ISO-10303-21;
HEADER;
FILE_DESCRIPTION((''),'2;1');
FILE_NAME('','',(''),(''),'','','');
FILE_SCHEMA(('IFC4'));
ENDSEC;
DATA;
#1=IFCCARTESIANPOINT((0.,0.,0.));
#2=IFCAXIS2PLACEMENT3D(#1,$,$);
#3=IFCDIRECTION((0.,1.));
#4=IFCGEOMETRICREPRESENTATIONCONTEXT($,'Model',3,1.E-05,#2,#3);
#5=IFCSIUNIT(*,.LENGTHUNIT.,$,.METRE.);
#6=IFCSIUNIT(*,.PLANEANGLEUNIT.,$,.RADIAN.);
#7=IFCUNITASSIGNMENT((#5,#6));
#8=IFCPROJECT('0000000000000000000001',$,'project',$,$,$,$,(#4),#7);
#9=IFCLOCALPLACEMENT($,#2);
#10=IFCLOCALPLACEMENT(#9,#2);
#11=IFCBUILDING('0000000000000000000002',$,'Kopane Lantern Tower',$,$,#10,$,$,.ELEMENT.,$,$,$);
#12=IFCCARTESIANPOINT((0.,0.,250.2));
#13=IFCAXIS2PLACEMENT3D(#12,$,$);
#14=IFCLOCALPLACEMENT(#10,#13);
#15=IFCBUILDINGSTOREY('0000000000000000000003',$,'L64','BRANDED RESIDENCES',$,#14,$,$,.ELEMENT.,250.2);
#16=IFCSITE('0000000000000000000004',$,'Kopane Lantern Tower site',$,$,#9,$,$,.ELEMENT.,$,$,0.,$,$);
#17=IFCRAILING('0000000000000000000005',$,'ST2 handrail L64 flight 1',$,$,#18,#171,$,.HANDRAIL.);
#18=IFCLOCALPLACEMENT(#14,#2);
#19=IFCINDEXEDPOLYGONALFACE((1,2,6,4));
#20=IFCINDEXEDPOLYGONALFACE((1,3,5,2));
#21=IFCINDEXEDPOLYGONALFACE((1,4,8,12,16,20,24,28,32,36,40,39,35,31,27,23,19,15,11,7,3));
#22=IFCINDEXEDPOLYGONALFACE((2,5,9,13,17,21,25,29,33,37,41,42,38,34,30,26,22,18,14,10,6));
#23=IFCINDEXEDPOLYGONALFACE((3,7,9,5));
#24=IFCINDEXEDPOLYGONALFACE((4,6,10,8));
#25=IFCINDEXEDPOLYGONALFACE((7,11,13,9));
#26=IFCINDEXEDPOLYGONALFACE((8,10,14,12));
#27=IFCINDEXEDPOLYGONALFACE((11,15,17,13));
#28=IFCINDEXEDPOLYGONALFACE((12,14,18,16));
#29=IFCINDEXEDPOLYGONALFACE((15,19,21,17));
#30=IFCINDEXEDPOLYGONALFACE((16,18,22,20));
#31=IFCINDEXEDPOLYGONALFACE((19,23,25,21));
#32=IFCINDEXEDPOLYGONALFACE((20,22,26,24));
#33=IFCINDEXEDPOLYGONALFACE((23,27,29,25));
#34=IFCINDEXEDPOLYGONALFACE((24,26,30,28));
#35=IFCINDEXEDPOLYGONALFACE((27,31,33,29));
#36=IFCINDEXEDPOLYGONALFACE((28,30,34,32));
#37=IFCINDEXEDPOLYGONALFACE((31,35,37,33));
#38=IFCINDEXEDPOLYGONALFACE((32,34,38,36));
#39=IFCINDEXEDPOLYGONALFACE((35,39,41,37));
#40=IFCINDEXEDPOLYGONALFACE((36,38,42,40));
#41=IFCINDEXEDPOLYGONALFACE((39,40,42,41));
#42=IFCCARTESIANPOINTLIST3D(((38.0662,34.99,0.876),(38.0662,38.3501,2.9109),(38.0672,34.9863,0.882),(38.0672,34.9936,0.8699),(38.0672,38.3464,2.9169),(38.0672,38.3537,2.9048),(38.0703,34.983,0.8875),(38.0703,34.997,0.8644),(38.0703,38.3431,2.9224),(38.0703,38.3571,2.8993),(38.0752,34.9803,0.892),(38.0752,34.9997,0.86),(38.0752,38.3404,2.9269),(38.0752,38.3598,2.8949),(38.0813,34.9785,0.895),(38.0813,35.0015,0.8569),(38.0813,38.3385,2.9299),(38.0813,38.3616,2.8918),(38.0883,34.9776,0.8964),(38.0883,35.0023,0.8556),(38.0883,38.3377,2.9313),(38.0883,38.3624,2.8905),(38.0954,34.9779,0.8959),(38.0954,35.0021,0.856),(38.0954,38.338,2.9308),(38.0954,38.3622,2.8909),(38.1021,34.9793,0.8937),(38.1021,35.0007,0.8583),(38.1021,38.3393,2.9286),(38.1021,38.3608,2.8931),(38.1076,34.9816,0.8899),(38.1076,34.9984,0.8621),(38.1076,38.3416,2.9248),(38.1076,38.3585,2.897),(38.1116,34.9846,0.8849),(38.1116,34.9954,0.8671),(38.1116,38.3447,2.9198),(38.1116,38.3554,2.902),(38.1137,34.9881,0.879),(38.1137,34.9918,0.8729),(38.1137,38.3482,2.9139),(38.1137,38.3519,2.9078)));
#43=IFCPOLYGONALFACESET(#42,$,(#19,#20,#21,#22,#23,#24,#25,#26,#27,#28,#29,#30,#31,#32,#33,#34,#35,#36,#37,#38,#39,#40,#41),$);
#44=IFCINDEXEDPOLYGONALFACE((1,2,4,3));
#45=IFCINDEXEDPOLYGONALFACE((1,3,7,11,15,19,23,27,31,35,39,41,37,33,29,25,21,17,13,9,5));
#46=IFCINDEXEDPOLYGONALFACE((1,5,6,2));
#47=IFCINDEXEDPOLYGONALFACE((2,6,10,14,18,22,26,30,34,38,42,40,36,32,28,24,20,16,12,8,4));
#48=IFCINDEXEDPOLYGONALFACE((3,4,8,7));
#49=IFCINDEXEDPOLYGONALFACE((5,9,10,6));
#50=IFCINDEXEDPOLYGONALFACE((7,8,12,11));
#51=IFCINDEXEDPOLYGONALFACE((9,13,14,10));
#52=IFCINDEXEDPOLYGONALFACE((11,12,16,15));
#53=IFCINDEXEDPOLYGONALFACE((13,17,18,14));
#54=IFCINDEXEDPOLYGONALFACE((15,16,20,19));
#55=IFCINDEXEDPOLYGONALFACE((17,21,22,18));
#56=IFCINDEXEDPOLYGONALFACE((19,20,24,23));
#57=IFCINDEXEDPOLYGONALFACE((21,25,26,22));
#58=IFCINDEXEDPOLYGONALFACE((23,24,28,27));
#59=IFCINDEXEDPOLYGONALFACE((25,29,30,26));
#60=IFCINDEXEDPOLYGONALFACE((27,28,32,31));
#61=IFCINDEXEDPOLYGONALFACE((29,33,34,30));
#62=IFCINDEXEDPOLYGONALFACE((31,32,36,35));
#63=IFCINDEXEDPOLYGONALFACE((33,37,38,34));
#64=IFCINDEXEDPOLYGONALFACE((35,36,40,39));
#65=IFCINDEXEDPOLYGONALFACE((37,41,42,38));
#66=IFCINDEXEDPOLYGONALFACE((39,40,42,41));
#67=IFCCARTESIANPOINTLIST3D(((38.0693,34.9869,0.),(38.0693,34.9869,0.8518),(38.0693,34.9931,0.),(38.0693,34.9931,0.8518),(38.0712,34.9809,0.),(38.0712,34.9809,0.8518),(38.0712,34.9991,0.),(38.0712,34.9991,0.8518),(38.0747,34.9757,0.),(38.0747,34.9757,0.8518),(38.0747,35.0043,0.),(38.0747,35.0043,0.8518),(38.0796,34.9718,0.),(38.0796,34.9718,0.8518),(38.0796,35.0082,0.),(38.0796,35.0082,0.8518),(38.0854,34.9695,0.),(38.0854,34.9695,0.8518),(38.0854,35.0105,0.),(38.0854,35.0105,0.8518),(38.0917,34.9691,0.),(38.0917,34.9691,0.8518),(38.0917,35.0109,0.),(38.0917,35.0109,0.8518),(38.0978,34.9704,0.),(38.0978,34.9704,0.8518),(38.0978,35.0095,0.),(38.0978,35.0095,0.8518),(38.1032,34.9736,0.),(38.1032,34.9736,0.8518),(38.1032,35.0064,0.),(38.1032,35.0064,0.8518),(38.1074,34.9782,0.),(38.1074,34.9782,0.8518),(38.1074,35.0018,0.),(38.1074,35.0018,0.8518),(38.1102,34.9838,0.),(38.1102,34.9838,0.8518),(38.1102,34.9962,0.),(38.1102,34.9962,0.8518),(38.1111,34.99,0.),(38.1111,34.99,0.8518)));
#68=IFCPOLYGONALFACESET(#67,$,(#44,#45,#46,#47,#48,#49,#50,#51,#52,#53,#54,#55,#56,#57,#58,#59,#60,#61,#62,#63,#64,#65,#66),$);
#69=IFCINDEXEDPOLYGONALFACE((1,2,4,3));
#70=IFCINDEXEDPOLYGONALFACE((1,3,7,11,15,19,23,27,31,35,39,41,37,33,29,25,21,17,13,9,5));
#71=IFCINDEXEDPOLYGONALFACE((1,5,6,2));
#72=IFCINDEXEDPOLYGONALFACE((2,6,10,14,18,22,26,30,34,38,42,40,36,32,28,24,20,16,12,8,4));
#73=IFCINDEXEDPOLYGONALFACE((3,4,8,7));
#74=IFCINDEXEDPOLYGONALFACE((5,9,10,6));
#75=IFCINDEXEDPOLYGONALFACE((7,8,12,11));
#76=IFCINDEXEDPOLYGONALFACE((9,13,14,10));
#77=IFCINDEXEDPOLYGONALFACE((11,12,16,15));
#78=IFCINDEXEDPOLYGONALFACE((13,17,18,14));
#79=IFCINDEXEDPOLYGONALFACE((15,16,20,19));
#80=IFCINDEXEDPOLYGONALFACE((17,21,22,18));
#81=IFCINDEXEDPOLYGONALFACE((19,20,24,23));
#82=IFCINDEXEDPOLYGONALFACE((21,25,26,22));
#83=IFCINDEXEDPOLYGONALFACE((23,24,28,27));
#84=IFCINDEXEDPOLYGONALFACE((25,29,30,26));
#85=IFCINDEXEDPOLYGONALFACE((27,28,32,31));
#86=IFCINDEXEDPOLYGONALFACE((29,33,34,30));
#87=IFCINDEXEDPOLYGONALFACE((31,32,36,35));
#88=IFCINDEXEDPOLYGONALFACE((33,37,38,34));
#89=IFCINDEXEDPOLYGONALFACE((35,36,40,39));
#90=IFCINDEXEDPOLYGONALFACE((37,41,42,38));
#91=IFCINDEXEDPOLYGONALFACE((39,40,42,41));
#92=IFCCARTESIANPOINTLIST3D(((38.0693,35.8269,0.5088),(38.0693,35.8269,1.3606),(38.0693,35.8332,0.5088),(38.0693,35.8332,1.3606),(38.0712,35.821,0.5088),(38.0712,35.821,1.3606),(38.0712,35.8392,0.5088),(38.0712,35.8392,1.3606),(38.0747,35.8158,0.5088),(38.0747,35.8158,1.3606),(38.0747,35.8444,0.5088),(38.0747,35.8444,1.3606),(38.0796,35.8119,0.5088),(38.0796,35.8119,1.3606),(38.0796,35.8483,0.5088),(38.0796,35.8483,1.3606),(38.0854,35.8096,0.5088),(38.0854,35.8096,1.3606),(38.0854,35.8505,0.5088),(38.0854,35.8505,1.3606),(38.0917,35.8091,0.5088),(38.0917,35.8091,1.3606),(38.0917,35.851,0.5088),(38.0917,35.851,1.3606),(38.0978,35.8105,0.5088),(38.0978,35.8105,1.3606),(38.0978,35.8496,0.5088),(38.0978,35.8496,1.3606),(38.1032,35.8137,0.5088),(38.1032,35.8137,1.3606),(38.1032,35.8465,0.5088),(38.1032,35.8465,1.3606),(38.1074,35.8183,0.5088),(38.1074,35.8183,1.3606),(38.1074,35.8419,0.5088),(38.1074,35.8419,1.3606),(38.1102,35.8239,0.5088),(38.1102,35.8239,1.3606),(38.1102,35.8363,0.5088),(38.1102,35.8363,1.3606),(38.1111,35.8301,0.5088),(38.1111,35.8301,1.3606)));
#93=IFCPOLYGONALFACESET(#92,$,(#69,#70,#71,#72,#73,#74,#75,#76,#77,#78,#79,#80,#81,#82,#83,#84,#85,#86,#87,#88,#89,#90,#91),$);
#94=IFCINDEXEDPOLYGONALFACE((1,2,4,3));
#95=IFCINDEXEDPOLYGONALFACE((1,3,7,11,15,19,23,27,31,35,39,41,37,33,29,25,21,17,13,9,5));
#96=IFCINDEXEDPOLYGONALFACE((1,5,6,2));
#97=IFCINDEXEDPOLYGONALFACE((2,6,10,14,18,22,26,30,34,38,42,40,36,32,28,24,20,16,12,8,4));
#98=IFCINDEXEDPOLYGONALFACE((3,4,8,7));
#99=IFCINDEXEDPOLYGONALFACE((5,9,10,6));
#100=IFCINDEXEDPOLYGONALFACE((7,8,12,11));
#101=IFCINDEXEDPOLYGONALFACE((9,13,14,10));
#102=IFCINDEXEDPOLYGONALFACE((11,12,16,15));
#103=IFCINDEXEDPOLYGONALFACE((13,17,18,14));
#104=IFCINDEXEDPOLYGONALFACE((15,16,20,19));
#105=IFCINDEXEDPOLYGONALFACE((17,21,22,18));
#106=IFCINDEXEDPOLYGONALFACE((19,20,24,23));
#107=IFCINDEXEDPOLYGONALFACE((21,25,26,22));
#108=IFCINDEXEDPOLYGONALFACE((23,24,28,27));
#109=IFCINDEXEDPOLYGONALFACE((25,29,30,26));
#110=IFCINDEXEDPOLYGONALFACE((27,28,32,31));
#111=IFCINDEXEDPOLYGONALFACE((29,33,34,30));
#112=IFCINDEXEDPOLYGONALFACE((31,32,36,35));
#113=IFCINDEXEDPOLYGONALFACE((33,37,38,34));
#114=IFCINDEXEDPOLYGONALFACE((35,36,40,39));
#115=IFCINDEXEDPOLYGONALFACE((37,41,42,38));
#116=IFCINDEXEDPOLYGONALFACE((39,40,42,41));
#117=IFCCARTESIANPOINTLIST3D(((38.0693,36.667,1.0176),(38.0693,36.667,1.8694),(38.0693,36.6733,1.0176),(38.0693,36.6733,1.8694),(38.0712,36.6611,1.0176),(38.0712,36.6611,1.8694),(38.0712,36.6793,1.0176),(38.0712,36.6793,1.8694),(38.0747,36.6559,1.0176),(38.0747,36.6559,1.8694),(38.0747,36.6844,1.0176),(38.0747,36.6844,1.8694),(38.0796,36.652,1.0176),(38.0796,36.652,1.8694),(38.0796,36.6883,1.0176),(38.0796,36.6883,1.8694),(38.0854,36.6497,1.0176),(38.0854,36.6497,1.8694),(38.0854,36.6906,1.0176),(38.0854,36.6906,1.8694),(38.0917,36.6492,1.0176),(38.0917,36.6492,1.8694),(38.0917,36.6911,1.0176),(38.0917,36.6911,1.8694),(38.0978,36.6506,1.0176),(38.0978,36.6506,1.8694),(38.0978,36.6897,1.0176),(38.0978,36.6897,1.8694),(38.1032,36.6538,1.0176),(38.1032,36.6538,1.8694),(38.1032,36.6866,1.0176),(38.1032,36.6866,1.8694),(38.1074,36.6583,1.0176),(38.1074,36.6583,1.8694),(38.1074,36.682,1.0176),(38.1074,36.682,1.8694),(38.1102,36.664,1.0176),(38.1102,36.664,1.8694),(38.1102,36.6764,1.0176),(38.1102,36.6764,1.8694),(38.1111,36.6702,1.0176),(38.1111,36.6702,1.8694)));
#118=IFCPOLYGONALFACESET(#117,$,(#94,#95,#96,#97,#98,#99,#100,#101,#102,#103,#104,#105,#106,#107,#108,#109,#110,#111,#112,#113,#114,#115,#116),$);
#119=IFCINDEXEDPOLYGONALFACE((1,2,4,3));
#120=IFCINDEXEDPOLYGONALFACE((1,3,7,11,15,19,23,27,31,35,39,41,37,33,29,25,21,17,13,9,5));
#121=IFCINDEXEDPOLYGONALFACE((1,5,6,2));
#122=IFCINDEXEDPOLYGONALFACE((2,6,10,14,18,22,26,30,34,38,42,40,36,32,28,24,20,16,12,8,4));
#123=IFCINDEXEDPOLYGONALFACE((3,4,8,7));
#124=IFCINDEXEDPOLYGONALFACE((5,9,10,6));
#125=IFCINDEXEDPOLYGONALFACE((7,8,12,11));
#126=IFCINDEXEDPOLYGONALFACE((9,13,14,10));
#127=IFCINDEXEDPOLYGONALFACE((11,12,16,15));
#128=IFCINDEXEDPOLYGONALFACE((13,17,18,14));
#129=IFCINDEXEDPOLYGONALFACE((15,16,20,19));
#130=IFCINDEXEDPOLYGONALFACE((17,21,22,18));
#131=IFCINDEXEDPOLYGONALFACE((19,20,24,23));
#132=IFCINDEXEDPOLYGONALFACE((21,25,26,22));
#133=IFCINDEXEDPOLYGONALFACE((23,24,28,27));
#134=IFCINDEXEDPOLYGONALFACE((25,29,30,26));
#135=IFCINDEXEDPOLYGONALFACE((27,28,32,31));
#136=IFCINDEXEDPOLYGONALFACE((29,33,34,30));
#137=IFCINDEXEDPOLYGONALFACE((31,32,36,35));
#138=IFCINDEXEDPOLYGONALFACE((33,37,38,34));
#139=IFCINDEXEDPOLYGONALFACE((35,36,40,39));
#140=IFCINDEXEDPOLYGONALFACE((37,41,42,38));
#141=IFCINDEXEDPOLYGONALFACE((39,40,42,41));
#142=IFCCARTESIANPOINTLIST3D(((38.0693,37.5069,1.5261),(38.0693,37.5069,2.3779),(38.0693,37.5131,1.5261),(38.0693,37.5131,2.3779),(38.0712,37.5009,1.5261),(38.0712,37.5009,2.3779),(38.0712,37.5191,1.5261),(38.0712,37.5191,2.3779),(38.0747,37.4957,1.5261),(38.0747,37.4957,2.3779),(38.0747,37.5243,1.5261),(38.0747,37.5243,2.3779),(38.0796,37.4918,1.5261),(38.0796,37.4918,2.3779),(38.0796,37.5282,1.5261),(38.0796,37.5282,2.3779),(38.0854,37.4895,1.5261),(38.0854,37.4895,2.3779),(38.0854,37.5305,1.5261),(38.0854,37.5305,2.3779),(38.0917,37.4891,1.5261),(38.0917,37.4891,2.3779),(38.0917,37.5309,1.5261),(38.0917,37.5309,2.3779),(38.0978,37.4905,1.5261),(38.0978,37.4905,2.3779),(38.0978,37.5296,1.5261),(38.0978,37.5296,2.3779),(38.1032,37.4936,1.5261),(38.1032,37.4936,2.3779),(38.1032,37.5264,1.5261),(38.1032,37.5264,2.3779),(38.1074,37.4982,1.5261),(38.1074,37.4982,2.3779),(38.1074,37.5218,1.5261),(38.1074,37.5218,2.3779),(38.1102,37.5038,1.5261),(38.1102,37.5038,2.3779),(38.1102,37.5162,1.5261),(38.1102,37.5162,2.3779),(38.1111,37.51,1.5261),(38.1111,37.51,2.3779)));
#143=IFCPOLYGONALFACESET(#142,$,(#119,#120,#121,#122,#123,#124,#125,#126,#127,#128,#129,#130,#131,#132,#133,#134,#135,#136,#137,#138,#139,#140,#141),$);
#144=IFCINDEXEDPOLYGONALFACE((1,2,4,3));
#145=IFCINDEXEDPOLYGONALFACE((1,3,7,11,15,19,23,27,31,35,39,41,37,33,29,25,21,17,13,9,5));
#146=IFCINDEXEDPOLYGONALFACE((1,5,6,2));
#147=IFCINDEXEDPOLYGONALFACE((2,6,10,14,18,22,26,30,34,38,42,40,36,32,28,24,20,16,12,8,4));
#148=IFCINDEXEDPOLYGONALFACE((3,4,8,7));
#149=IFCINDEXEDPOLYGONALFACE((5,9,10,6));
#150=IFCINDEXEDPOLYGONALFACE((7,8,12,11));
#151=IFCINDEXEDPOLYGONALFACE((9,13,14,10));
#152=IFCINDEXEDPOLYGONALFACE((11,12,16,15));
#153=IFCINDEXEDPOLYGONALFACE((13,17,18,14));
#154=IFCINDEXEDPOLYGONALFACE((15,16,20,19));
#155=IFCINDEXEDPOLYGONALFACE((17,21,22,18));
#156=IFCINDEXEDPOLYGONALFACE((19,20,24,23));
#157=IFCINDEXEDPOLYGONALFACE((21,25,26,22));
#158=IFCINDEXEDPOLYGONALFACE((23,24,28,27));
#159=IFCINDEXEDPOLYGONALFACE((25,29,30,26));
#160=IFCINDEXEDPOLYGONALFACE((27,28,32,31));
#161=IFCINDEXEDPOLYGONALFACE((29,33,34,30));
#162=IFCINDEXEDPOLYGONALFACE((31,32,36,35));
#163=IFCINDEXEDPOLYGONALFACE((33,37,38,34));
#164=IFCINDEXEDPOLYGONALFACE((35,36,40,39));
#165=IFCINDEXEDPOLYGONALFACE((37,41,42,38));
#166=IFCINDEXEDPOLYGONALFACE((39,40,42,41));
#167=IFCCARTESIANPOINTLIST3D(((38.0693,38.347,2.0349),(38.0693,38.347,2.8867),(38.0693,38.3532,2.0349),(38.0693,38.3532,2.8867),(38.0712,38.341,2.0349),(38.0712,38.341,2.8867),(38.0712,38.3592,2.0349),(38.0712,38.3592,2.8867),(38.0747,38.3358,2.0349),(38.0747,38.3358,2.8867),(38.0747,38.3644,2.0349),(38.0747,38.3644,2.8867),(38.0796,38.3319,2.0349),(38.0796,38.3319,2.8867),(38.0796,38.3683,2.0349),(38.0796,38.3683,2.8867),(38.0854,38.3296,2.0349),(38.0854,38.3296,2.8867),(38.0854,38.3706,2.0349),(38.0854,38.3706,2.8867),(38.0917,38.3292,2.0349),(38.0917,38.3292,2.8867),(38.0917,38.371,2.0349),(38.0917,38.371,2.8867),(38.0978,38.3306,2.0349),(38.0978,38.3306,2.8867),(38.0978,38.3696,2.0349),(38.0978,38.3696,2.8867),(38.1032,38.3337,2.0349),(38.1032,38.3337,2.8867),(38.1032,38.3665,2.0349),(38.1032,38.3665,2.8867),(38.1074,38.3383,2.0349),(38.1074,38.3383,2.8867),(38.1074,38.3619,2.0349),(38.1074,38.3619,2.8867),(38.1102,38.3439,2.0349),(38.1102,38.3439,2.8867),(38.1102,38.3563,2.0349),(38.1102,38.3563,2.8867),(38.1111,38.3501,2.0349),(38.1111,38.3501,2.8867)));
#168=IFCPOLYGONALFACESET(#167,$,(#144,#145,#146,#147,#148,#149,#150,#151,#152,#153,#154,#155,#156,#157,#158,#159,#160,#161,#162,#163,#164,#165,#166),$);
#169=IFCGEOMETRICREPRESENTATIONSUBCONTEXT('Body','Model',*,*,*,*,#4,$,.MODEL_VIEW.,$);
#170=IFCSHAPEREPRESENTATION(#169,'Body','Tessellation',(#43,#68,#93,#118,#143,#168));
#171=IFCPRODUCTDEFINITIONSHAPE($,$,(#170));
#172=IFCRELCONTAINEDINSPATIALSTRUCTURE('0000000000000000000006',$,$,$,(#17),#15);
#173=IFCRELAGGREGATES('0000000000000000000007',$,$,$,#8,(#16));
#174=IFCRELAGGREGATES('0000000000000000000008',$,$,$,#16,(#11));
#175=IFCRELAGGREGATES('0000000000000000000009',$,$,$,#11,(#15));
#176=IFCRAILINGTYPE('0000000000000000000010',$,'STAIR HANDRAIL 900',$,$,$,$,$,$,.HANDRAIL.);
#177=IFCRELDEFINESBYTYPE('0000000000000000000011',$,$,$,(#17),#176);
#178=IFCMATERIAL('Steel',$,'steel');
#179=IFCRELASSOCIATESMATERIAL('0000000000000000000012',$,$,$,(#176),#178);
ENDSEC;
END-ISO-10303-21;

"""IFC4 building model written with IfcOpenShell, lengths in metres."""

from ifc_helpers import new_model, si_unit, direction, frame, origin, origin_2d, place, context, subcontext, project, spatial, circle, extrude, material, type_object, element, save


model = new_model("IFC4")

# Units and contexts
model_context = context("Model", 3, precision=1e-05, world=origin(), true_north=direction((0.0, 1.0)))
body_context = subcontext(model_context, "Body", "Model", "MODEL_VIEW")
ifc_project = project(units=[si_unit("LENGTHUNIT", "METRE"), si_unit("PLANEANGLEUNIT", "RADIAN")], contexts=[model_context])

# Site, building, storey
site_placement = place(None, origin())
site = spatial("IfcSite", under=ifc_project, at=site_placement, Name="Kopane Lantern Tower site", CompositionType="ELEMENT", RefElevation=0.0)
building_placement = place(site_placement, origin())
building = spatial("IfcBuilding", under=site, at=building_placement, Name="Kopane Lantern Tower", CompositionType="ELEMENT")
storey_placement = place(building_placement, frame((0.0, 0.0, 250.2)))
storey = spatial("IfcBuildingStorey", under=building, at=storey_placement, Name="L64", Description="BRANDED RESIDENCES", CompositionType="ELEMENT", Elevation=250.2)

# Railing
ifc_material_1 = material(Name="Steel", Category="steel")
railing_type_1 = type_object("IfcRailingType", Name="STAIR HANDRAIL 900", PredefinedType="HANDRAIL", material=ifc_material_1)
for number, where, name in (
    (1, (38.0901, 34.99, 0.0), "ST2 handrail L64 flight 1"),
):
    element("IfcRailing", number, at=place(storey_placement, frame(where)), inside=storey, type_object=railing_type_1, Name=name, PredefinedType="HANDRAIL", context=body_context, shape_type="SweptSolid", body=[
        extrude(circle(Radius=0.0239, at=origin_2d()), frame((0.0, 0.0, 0.876), z_axis=(0.0, 0.855369, 0.518019), x_axis=(-1.0, 0.0, 0.0)), (0.0, 0.0, 1.0), 3.9282),
        extrude(circle(Radius=0.021, at=origin_2d()), origin(), (0.0, 0.0, 1.0), 0.8518),
        extrude(circle(Radius=0.021, at=origin_2d()), frame((0.0, 0.8401, 0.5088)), (0.0, 0.0, 1.0), 0.8518),
        extrude(circle(Radius=0.021, at=origin_2d()), frame((0.0, 1.6802, 1.0176)), (0.0, 0.0, 1.0), 0.8518),
        extrude(circle(Radius=0.021, at=origin_2d()), frame((0.0, 2.52, 1.5261)), (0.0, 0.0, 1.0), 0.8518),
        extrude(circle(Radius=0.021, at=origin_2d()), frame((0.0, 3.3601, 2.0349)), (0.0, 0.0, 1.0), 0.8518),
    ])

save(model, "model.ifc")
